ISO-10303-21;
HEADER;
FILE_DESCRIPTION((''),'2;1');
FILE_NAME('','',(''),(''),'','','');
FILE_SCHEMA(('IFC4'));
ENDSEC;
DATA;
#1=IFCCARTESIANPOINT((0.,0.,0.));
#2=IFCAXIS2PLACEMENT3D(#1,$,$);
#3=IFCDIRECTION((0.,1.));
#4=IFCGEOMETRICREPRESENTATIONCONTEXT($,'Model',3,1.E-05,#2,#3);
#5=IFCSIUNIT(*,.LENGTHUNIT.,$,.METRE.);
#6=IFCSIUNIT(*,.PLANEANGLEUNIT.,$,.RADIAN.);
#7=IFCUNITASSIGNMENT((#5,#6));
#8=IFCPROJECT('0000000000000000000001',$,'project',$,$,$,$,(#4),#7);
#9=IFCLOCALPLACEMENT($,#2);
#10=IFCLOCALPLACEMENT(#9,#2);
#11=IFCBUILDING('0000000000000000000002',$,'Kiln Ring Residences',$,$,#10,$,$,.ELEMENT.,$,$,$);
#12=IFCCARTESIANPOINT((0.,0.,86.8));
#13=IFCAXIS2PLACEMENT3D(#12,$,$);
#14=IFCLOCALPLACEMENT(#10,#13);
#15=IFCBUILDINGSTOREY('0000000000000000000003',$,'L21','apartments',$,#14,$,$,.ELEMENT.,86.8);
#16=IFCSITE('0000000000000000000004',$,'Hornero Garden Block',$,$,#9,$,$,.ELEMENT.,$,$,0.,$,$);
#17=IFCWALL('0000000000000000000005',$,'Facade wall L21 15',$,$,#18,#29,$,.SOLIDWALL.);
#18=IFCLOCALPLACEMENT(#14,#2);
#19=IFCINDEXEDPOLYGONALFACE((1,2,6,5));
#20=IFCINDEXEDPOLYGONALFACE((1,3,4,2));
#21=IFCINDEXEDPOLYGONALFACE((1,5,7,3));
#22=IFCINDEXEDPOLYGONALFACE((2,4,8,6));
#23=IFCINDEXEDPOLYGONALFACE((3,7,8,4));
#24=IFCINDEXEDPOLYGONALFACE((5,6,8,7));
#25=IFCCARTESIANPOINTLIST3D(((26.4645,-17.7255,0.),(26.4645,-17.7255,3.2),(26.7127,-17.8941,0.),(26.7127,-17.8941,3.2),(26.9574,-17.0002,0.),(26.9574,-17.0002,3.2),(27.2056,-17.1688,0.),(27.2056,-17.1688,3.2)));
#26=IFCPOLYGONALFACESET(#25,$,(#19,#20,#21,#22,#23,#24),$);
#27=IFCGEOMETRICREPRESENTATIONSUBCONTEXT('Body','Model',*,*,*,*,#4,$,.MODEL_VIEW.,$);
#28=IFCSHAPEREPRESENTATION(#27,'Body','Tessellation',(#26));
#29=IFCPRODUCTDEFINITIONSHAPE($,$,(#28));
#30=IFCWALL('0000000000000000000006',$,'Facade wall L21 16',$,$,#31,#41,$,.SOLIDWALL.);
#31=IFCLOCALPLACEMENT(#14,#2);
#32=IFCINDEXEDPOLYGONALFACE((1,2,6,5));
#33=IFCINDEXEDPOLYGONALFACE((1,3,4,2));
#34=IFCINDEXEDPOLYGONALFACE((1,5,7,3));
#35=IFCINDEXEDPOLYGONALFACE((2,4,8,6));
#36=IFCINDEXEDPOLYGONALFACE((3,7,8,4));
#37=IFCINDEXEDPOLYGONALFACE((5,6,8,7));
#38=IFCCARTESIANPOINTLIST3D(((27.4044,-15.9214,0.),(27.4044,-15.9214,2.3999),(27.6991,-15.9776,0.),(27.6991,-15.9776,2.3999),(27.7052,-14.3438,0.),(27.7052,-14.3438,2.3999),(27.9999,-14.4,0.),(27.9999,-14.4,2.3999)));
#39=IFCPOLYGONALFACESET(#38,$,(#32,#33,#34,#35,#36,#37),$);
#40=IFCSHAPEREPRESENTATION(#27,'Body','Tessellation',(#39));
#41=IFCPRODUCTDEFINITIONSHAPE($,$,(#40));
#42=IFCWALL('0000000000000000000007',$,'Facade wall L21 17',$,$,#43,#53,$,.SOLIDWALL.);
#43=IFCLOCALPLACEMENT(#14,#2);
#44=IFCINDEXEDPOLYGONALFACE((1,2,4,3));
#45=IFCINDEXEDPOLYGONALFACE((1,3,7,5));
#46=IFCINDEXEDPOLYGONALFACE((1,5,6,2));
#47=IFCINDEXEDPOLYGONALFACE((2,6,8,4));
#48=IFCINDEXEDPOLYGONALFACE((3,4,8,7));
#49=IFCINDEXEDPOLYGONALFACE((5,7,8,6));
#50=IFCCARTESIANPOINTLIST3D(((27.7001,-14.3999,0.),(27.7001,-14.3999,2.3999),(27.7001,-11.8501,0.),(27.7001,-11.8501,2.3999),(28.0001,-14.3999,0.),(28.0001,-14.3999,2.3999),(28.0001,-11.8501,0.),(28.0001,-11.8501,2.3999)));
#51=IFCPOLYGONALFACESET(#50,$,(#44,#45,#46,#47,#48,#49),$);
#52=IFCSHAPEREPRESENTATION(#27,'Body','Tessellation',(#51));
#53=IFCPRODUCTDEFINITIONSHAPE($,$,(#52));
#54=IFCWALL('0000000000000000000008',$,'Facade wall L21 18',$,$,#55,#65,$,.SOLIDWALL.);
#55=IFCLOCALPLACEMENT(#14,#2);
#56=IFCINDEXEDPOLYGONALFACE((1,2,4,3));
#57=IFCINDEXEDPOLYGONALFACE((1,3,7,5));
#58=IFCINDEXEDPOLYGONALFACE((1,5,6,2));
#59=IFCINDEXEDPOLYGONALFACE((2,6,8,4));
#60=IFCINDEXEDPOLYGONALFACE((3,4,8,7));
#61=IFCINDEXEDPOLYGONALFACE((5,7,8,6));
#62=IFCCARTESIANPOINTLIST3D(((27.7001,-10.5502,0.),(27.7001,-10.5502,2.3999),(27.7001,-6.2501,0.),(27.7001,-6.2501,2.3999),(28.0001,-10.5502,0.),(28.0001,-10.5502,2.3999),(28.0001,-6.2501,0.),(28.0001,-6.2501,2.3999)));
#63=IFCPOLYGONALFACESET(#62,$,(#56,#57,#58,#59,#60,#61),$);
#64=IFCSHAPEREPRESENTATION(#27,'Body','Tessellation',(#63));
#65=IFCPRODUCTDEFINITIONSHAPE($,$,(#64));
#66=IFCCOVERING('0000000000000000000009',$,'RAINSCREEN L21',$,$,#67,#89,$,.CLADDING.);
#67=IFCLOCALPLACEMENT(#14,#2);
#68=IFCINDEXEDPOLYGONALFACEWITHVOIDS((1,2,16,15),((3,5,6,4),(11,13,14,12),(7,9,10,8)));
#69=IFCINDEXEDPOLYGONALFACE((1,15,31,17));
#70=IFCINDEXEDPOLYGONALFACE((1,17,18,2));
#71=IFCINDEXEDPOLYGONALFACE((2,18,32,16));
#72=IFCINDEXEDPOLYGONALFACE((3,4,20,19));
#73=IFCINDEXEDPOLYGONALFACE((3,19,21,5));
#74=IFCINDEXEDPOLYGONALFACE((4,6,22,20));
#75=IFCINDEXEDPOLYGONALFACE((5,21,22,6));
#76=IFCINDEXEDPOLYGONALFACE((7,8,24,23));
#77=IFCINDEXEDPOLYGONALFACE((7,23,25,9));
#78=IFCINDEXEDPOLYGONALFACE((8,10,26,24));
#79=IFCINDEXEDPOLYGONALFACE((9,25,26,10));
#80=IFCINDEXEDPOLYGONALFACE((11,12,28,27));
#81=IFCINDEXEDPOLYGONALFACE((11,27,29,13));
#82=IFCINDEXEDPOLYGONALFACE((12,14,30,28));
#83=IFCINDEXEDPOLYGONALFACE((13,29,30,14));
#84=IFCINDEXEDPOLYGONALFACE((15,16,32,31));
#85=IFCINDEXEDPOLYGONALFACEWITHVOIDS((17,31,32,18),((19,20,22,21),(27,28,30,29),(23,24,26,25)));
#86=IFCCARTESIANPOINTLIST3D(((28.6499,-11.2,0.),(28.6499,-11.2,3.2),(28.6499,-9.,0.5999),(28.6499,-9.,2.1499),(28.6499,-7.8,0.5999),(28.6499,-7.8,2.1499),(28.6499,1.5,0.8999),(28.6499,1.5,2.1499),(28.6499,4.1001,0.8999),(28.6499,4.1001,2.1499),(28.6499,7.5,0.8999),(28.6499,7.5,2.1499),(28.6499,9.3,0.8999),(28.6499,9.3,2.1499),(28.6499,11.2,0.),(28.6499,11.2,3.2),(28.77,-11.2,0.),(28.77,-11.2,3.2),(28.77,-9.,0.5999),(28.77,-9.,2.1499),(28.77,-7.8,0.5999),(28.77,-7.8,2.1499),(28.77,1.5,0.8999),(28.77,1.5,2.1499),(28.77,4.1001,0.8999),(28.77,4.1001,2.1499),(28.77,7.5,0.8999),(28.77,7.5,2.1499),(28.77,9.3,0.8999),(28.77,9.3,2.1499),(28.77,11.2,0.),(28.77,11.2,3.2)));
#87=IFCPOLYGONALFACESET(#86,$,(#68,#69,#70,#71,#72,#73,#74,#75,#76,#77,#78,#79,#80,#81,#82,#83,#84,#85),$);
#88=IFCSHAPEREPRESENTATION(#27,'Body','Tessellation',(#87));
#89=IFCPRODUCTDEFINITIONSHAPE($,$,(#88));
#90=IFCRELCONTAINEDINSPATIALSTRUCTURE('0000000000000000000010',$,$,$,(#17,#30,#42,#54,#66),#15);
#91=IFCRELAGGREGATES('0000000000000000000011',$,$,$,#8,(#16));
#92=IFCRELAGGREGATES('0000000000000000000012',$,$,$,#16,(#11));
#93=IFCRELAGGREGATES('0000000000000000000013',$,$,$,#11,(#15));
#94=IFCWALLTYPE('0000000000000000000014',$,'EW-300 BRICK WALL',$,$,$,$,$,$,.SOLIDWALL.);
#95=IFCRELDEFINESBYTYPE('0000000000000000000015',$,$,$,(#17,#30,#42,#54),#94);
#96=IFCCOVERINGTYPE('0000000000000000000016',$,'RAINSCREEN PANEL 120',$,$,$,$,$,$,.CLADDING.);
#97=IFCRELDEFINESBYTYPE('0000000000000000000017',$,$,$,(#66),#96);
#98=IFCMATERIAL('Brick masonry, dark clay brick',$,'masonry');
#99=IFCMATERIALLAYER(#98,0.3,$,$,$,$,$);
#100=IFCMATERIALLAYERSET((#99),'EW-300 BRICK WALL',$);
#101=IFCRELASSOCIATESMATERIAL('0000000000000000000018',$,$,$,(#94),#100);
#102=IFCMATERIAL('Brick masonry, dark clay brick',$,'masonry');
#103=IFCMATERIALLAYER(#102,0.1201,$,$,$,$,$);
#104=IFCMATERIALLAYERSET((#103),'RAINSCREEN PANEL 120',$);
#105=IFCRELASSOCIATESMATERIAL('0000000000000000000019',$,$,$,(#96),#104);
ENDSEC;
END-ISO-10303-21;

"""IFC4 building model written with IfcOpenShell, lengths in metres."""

from ifc_helpers import new_model, si_unit, direction, frame, frame_2d, origin, place, context, subcontext, project, spatial, polyline, rectangle, outline, extrude, material, layer, layer_set, type_object, element, save


model = new_model("IFC4")

# Units and contexts
model_context = context("Model", 3, precision=1e-05, world=origin(), true_north=direction((0.0, 1.0)))
body_context = subcontext(model_context, "Body", "Model", "MODEL_VIEW")
ifc_project = project(units=[si_unit("LENGTHUNIT", "METRE"), si_unit("PLANEANGLEUNIT", "RADIAN")], contexts=[model_context])

# Site, building, storey
site_placement = place(None, origin())
site = spatial("IfcSite", under=ifc_project, at=site_placement, Name="Hornero Garden Block", CompositionType="ELEMENT", RefElevation=0.0)
building_placement = place(site_placement, origin())
building = spatial("IfcBuilding", under=site, at=building_placement, Name="Kiln Ring Residences", CompositionType="ELEMENT")
storey_placement = place(building_placement, frame((0.0, 0.0, 86.8)))
storey = spatial("IfcBuildingStorey", under=building, at=storey_placement, Name="L21", Description="apartments", CompositionType="ELEMENT", Elevation=86.8)

# Walls
ifc_material_1 = material(Name="Brick masonry, dark clay brick", Category="masonry")
ifc_layer_1 = layer(ifc_material_1, 0.3)
ifc_layer_set_1 = layer_set([ifc_layer_1], Name="EW-300 BRICK WALL")
wall_type_1 = type_object("IfcWallType", Name="EW-300 BRICK WALL", PredefinedType="SOLIDWALL", material=ifc_layer_set_1)
wall_1_placement = place(storey_placement, frame((26.5886, -17.8098, 0.0), z_axis=(0.0, 0.0, 1.0), x_axis=(0.562066, 0.827092, 0.0)))
element("IfcWall", 1, at=wall_1_placement, inside=storey, type_object=wall_type_1, Name="Facade wall L21 15", PredefinedType="SOLIDWALL", context=body_context, shape_type="SweptSolid", body=[
    extrude(rectangle(XDim=0.877, YDim=0.3, at=frame_2d((0.4385, 0.0))), origin(), (0.0, 0.0, 1.0), 3.2),
])
wall_2_placement = place(storey_placement, frame((27.5518, -15.9495, 0.0), z_axis=(0.0, 0.0, 1.0), x_axis=(0.18728, 0.982307, 0.0)))
element("IfcWall", 2, at=wall_2_placement, inside=storey, type_object=wall_type_1, Name="Facade wall L21 16", PredefinedType="SOLIDWALL", context=body_context, shape_type="SweptSolid", body=[
    extrude(rectangle(XDim=1.606, YDim=0.3, at=frame_2d((0.803, 0.0))), origin(), (0.0, 0.0, 1.0), 2.3999),
])
wall_3_placement = place(storey_placement, frame((27.8501, -14.3999, 0.0), z_axis=(0.0, 0.0, 1.0), x_axis=(0.0, 1.0, 0.0)))
element("IfcWall", 3, at=wall_3_placement, inside=storey, type_object=wall_type_1, Name="Facade wall L21 17", PredefinedType="SOLIDWALL", context=body_context, shape_type="SweptSolid", body=[
    extrude(rectangle(XDim=2.5498, YDim=0.3, at=frame_2d((1.2749, 0.0))), origin(), (0.0, 0.0, 1.0), 2.3999),
])
wall_4_placement = place(storey_placement, frame((27.8501, -10.55, 0.0), z_axis=(0.0, 0.0, 1.0), x_axis=(0.0, 1.0, 0.0)))
element("IfcWall", 4, at=wall_4_placement, inside=storey, type_object=wall_type_1, Name="Facade wall L21 18", PredefinedType="SOLIDWALL", context=body_context, shape_type="SweptSolid", body=[
    extrude(rectangle(XDim=4.3, YDim=0.3, at=frame_2d((2.1499, 0.0))), origin(), (0.0, 0.0, 1.0), 2.3999),
])

# Covering
ifc_material_2 = material(Name="Brick masonry, dark clay brick", Category="masonry")
ifc_layer_2 = layer(ifc_material_2, 0.1201)
ifc_layer_set_2 = layer_set([ifc_layer_2], Name="RAINSCREEN PANEL 120")
covering_type = type_object("IfcCoveringType", Name="RAINSCREEN PANEL 120", PredefinedType="CLADDING", material=ifc_layer_set_2)
covering_placement = place(storey_placement, frame((28.71, -11.2, 0.0), z_axis=(0.0, 0.0, 1.0), x_axis=(0.0, 1.0, 0.0)))
element("IfcCovering", 5, at=covering_placement, inside=storey, type_object=covering_type, Name="RAINSCREEN L21", PredefinedType="CLADDING", context=body_context, shape_type="SweptSolid", body=[
    extrude(outline(polyline([(0.0, 0.0), (22.3999, 0.0), (22.3999, 3.2), (0.0, 3.2), (0.0, 0.0)]), holes=[polyline([(3.3999, 2.1499), (2.2, 2.1499), (2.2, 0.5999), (3.3999, 0.5999), (3.3999, 2.1499)]), polyline([(15.3, 0.8999), (15.3, 2.1499), (12.7, 2.1499), (12.7, 0.8999), (15.3, 0.8999)]), polyline([(20.5, 0.8999), (20.5, 2.1499), (18.7, 2.1499), (18.7, 0.8999), (20.5, 0.8999)])]), frame((0.0, 0.0601, 0.0), z_axis=(0.0, -1.0, 0.0), x_axis=(1.0, 0.0, 0.0)), (0.0, 0.0, 1.0), 0.1201),
])

save(model, "model.ifc")
